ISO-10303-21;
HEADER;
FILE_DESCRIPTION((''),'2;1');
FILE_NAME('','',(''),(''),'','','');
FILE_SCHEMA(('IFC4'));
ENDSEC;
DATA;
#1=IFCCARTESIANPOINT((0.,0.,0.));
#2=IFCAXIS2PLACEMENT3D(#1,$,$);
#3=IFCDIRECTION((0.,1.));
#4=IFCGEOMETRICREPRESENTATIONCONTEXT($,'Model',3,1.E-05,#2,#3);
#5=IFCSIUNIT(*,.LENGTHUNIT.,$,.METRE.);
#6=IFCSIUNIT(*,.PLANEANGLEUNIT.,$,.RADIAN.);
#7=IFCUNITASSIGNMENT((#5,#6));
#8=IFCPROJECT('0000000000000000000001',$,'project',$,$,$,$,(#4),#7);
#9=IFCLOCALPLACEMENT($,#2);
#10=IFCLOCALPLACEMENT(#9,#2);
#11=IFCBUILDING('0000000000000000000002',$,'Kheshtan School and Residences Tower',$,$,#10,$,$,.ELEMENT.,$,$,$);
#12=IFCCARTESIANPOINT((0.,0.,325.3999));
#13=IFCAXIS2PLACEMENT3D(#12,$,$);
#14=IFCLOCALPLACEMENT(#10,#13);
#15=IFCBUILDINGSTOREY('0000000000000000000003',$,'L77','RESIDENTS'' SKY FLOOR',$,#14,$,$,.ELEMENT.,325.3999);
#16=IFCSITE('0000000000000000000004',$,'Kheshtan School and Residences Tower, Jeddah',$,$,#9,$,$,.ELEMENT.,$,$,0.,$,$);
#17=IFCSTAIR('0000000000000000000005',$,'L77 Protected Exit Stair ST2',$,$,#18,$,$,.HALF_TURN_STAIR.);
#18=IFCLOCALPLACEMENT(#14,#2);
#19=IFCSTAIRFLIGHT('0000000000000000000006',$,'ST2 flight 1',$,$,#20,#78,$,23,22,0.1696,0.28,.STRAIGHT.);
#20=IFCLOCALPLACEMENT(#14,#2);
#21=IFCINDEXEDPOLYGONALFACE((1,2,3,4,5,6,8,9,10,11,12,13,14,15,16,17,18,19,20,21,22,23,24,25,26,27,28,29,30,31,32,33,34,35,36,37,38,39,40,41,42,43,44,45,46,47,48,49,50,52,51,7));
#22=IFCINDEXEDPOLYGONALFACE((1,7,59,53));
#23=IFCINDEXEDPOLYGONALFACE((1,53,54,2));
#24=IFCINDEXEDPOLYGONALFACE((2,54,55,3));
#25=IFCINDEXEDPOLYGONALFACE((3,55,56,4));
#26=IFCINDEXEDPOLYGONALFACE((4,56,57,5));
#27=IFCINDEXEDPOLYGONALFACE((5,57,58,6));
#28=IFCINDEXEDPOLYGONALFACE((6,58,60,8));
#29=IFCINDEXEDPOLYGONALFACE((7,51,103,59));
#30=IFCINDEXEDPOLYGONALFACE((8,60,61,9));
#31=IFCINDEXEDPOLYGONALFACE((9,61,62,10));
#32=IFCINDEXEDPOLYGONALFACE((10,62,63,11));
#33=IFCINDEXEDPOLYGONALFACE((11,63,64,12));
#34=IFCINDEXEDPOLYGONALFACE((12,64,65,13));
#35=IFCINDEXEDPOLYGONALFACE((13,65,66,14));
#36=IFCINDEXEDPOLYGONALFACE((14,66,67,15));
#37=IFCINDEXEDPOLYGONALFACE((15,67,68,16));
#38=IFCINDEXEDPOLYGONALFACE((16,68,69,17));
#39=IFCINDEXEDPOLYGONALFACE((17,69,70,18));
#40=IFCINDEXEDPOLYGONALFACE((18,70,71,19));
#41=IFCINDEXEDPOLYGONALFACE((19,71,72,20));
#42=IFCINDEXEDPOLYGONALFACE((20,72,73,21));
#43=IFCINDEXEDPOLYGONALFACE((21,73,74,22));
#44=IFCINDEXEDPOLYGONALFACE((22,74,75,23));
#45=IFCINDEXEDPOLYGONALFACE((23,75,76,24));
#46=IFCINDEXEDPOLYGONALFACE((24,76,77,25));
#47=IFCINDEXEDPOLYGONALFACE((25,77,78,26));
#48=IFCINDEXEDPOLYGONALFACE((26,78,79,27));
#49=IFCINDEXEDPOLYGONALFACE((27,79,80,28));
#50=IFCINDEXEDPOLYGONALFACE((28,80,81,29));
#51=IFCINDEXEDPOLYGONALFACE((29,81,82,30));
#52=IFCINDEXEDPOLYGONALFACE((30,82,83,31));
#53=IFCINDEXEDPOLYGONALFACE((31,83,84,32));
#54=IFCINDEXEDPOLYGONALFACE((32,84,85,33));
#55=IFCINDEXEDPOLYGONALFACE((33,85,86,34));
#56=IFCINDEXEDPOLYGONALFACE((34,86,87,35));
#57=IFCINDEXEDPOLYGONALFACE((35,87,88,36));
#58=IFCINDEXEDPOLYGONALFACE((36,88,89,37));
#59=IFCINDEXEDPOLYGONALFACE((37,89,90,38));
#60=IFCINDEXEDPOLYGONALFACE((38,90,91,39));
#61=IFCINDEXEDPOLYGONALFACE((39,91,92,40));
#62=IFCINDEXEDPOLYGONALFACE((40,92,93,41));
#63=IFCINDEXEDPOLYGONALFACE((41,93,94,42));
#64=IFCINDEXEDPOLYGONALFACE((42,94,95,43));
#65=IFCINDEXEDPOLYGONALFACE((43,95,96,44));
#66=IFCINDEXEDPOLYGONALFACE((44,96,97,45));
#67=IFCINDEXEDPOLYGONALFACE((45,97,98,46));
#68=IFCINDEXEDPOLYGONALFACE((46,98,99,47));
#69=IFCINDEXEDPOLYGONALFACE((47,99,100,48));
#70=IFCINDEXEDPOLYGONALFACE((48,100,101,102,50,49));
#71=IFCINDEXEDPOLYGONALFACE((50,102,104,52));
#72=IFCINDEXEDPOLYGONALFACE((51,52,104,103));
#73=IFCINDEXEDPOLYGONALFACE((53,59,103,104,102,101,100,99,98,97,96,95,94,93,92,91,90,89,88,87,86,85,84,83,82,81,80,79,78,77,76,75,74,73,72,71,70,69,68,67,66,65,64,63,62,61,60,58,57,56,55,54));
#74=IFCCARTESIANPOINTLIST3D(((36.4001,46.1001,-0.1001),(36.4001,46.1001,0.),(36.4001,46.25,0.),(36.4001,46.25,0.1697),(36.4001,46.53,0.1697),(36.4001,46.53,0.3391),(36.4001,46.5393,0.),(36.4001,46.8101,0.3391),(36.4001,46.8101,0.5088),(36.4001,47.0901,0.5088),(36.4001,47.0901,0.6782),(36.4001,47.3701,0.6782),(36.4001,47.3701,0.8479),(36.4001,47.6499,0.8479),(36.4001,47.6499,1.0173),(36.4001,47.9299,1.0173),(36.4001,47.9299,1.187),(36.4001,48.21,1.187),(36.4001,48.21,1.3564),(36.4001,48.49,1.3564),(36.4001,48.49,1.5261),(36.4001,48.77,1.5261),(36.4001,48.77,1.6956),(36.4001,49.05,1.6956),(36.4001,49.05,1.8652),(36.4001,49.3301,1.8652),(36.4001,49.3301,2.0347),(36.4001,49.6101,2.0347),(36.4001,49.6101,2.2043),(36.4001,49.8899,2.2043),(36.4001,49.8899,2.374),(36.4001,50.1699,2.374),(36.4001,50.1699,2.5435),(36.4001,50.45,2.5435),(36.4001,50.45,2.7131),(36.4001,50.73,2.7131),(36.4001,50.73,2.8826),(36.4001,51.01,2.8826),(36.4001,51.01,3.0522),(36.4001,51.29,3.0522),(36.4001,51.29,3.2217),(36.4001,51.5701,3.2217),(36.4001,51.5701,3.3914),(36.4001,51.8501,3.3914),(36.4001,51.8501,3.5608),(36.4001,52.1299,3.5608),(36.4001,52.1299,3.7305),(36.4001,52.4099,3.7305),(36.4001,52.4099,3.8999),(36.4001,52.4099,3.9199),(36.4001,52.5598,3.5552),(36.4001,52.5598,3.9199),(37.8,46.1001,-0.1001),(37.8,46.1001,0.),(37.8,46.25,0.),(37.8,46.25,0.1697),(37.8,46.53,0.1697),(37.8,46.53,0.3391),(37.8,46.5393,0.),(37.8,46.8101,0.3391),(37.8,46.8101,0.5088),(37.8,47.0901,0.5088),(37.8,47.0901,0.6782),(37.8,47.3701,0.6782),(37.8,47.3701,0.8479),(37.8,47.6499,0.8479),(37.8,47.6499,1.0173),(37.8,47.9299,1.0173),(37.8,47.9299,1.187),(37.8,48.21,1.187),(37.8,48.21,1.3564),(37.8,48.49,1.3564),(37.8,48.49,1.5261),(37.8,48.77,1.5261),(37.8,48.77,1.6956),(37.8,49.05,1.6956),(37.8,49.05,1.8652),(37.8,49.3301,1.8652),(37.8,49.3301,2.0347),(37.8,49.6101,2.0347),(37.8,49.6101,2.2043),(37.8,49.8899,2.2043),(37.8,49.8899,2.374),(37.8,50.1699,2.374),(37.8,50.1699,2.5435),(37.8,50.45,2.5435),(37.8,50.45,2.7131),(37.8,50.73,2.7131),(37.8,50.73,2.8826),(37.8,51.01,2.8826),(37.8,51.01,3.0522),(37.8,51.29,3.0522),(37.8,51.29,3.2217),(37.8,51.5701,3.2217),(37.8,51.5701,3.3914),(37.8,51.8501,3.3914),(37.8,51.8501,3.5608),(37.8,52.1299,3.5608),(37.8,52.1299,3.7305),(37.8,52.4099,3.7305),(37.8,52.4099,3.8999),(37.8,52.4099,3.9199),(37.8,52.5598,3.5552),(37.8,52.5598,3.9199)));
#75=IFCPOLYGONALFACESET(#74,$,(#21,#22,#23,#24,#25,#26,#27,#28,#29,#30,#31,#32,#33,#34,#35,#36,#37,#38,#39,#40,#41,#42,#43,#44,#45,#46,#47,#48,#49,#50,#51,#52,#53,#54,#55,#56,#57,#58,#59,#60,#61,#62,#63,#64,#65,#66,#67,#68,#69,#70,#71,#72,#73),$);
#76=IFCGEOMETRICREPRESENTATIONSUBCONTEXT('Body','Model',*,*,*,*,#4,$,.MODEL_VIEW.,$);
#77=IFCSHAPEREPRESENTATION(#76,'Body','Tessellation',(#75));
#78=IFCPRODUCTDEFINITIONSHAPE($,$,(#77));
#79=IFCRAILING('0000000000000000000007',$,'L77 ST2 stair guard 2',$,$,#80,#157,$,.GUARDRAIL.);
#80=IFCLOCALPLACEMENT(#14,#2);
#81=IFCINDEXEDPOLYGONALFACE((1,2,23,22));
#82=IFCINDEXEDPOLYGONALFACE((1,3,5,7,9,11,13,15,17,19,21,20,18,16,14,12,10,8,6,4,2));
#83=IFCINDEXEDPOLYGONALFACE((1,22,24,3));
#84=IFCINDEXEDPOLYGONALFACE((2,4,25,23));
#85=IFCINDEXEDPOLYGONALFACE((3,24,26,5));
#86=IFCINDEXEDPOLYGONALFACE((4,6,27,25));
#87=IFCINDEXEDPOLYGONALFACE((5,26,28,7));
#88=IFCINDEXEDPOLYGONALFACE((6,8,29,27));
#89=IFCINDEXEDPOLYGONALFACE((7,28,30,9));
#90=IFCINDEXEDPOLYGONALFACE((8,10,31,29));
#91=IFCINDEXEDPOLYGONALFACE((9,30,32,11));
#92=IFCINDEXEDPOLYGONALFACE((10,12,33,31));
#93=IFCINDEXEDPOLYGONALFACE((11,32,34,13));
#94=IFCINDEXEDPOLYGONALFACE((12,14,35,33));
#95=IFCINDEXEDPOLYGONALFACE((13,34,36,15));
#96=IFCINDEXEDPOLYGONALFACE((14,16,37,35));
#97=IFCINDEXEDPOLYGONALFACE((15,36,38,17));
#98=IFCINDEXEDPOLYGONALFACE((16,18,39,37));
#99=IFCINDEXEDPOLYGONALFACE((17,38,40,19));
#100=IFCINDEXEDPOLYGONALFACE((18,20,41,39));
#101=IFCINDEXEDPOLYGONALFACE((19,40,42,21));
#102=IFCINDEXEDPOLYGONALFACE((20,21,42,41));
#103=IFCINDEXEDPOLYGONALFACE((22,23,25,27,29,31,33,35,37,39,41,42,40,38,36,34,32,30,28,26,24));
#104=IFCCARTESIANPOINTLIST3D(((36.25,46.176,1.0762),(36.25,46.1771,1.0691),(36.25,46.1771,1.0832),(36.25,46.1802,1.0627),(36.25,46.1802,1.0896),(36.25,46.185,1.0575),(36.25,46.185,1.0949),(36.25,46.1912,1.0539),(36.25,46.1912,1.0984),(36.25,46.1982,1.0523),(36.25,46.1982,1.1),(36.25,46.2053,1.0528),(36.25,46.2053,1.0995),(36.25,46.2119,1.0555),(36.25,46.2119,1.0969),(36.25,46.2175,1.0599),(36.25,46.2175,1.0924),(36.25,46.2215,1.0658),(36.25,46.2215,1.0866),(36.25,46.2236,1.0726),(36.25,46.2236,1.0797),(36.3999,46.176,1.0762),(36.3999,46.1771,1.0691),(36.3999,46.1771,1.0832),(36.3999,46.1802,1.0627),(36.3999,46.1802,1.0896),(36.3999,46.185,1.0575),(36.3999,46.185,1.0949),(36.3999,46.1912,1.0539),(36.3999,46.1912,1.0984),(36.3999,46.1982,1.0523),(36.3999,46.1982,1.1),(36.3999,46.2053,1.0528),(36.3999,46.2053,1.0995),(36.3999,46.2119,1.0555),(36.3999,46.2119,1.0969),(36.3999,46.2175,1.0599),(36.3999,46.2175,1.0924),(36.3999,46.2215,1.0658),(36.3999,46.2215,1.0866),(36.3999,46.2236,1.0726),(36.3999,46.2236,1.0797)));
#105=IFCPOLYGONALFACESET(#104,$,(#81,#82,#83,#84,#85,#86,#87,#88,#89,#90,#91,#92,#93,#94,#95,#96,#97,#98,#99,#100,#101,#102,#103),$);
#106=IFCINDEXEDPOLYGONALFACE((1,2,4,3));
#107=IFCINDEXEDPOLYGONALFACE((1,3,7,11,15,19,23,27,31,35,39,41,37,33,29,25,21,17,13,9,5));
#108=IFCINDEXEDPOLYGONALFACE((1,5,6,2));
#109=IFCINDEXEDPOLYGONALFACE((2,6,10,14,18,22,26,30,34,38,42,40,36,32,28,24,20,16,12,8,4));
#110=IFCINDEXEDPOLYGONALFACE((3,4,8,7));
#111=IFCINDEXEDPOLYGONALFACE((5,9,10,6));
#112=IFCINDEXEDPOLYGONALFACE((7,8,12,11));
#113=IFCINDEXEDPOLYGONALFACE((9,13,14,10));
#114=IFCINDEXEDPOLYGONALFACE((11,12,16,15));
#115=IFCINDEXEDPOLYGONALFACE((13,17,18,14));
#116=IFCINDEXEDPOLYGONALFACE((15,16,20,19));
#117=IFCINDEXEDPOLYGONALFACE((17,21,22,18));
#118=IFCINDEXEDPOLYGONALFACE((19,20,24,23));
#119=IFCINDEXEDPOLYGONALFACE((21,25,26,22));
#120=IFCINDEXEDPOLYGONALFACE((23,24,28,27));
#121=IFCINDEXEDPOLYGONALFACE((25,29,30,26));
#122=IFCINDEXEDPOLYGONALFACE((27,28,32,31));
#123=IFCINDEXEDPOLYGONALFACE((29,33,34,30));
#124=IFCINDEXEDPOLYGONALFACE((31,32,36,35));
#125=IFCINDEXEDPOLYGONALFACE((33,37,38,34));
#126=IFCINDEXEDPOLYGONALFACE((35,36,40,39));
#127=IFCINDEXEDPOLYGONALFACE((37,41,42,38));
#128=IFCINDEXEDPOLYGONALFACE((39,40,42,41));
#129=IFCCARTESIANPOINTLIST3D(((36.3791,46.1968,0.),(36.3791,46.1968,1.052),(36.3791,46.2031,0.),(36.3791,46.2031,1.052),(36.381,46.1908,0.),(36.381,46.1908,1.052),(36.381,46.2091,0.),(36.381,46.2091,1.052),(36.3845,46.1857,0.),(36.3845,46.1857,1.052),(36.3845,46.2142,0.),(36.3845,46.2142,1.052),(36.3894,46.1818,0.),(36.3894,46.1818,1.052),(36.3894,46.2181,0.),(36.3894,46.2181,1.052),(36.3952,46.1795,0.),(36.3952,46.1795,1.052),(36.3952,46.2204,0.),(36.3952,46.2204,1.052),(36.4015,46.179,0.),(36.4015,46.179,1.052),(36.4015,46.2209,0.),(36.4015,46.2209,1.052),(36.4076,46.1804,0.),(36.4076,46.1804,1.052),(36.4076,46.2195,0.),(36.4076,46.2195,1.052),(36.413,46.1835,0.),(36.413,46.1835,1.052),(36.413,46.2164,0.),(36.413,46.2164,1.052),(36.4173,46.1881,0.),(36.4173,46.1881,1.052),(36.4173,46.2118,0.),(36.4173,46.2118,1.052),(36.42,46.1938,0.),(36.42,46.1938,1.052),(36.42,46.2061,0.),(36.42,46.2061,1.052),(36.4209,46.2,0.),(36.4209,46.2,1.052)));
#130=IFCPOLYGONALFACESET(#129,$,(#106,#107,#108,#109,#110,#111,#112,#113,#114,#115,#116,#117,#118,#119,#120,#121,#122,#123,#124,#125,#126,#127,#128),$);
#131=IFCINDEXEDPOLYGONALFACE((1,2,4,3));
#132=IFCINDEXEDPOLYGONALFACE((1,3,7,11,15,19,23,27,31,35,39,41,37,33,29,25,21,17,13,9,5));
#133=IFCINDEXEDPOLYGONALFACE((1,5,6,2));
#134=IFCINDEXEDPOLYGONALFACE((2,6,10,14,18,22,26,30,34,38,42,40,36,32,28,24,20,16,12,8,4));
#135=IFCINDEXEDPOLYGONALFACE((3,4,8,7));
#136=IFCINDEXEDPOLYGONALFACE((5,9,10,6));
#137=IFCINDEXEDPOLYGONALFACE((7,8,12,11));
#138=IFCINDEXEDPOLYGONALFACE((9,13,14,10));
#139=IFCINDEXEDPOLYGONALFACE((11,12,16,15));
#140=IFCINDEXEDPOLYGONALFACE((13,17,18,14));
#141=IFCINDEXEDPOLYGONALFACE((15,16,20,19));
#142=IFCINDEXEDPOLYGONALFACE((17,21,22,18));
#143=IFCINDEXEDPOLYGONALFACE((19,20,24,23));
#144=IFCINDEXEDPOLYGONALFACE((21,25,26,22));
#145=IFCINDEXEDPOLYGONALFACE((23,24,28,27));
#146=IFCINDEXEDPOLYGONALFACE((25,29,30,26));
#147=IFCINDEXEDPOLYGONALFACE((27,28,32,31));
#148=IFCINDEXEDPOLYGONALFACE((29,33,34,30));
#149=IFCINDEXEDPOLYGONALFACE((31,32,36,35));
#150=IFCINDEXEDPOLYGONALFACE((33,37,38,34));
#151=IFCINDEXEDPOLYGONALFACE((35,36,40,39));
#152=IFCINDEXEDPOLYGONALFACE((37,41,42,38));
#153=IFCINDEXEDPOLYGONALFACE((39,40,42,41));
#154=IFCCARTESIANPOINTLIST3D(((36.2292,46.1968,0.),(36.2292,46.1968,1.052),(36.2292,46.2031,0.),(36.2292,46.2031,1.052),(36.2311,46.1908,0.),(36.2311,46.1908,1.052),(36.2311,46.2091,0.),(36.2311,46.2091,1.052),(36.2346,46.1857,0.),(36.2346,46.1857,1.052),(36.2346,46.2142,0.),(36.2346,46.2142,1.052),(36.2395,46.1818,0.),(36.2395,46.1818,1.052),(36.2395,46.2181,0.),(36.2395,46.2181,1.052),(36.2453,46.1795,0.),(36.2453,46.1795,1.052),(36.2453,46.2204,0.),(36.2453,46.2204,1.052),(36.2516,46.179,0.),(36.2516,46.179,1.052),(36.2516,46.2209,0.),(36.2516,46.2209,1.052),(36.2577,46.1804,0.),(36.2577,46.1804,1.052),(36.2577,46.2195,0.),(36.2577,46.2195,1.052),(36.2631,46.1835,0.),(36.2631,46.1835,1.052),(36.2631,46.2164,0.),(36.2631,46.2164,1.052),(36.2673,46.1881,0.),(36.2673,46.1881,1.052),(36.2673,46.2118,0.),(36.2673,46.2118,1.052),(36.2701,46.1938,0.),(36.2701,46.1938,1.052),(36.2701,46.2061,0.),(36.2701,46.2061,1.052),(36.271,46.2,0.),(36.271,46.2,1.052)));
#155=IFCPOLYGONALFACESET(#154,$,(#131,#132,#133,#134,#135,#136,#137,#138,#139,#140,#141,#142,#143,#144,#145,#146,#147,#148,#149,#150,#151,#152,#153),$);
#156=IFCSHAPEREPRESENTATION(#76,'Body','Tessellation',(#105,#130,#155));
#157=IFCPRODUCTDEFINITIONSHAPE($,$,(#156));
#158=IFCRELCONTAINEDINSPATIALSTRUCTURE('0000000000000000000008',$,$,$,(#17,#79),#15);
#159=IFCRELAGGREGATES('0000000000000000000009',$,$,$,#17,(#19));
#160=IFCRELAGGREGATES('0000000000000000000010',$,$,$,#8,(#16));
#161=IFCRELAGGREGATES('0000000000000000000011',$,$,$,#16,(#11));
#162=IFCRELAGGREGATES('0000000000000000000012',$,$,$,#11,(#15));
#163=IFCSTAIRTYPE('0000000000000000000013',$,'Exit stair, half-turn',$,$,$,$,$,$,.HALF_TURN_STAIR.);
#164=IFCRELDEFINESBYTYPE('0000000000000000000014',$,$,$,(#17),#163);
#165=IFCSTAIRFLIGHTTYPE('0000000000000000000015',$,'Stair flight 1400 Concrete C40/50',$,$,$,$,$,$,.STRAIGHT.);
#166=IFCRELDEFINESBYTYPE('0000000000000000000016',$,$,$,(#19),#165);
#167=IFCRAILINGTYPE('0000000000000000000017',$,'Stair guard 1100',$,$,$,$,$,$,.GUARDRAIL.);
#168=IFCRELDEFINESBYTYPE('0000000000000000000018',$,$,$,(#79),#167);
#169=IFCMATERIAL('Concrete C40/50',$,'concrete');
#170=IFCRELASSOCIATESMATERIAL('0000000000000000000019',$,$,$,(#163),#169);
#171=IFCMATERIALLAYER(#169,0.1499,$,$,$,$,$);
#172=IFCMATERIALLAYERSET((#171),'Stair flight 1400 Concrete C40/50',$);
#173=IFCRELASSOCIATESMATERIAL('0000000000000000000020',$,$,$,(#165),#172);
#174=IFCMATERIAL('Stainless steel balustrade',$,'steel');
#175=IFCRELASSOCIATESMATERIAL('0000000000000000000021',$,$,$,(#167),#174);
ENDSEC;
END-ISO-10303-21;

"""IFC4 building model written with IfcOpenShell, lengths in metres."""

from ifc_helpers import new_model, si_unit, direction, frame, origin, origin_2d, place, context, subcontext, project, spatial, polyline, circle, outline, extrude, material, layer, layer_set, type_object, element, aggregate, save


model = new_model("IFC4")

# Units and contexts
model_context = context("Model", 3, precision=1e-05, world=origin(), true_north=direction((0.0, 1.0)))
body_context = subcontext(model_context, "Body", "Model", "MODEL_VIEW")
ifc_project = project(units=[si_unit("LENGTHUNIT", "METRE"), si_unit("PLANEANGLEUNIT", "RADIAN")], contexts=[model_context])

# Site, building, storey
site_placement = place(None, origin())
site = spatial("IfcSite", under=ifc_project, at=site_placement, Name="Kheshtan School and Residences Tower, Jeddah", CompositionType="ELEMENT", RefElevation=0.0)
building_placement = place(site_placement, origin())
building = spatial("IfcBuilding", under=site, at=building_placement, Name="Kheshtan School and Residences Tower", CompositionType="ELEMENT")
storey_placement = place(building_placement, frame((0.0, 0.0, 325.3999)))
storey = spatial("IfcBuildingStorey", under=building, at=storey_placement, Name="L77", Description="RESIDENTS' SKY FLOOR", CompositionType="ELEMENT", Elevation=325.3999)

# Stair, stair flight
ifc_material_1 = material(Name="Concrete C40/50", Category="concrete")
stair_type = type_object("IfcStairType", Name="Exit stair, half-turn", PredefinedType="HALF_TURN_STAIR", material=ifc_material_1)
stair_placement = place(storey_placement, origin())
stair = element("IfcStair", 1, at=stair_placement, inside=storey, type_object=stair_type, Name="L77 Protected Exit Stair ST2", PredefinedType="HALF_TURN_STAIR")
ifc_layer_1 = layer(ifc_material_1, 0.1499)
ifc_layer_set_1 = layer_set([ifc_layer_1], Name="Stair flight 1400 Concrete C40/50")
stair_flight_type = type_object("IfcStairFlightType", Name="Stair flight 1400 Concrete C40/50", PredefinedType="STRAIGHT", material=ifc_layer_set_1)
stair_flight_placement = place(storey_placement, frame((37.1001, 46.25, 0.0), z_axis=(0.0, 0.0, 1.0), x_axis=(0.0, 1.0, 0.0)))
stair_flight = element("IfcStairFlight", 2, at=stair_flight_placement, type_object=stair_flight_type, Name="ST2 flight 1", NumberOfRisers=23, NumberOfTreads=22, PredefinedType="STRAIGHT", RiserHeight=0.1696, TreadLength=0.28, context=body_context, shape_type="SweptSolid", body=[
    extrude(outline(polyline([(-0.1499, -0.1001), (-0.1499, 0.0), (0.0, 0.0), (0.0, 0.1697), (0.28, 0.1697), (0.28, 0.3391), (0.5601, 0.3391), (0.5601, 0.5088), (0.8401, 0.5088), (0.8401, 0.6782), (1.1201, 0.6782), (1.1201, 0.8479), (1.3999, 0.8479), (1.3999, 1.0173), (1.6799, 1.0173), (1.6799, 1.187), (1.96, 1.187), (1.96, 1.3564), (2.24, 1.3564), (2.24, 1.5261), (2.52, 1.5261), (2.52, 1.6956), (2.8, 1.6956), (2.8, 1.8652), (3.0801, 1.8652), (3.0801, 2.0347), (3.3601, 2.0347), (3.3601, 2.2043), (3.6399, 2.2043), (3.6399, 2.374), (3.9199, 2.374), (3.9199, 2.5435), (4.2, 2.5435), (4.2, 2.7131), (4.48, 2.7131), (4.48, 2.8826), (4.76, 2.8826), (4.76, 3.0522), (5.04, 3.0522), (5.04, 3.2217), (5.3201, 3.2217), (5.3201, 3.3914), (5.6001, 3.3914), (5.6001, 3.5608), (5.8799, 3.5608), (5.8799, 3.7305), (6.1599, 3.7305), (6.1599, 3.8999), (6.1599, 3.9199), (6.3098, 3.9199), (6.3098, 3.5552), (0.2893, 0.0), (-0.1499, -0.1001)])), frame((0.0, 0.7, 0.0), z_axis=(0.0, -1.0, 0.0), x_axis=(1.0, 0.0, 0.0)), (0.0, 0.0, 1.0), 1.3999),
])
aggregate(stair, [stair_flight])

# Railing
ifc_material_2 = material(Name="Stainless steel balustrade", Category="steel")
railing_type_1 = type_object("IfcRailingType", Name="Stair guard 1100", PredefinedType="GUARDRAIL", material=ifc_material_2)
railing_1_placement = place(storey_placement, frame((36.3999, 46.2, 0.0)))
element("IfcRailing", 3, at=railing_1_placement, inside=storey, type_object=railing_type_1, Name="L77 ST2 stair guard 2", PredefinedType="GUARDRAIL", context=body_context, shape_type="SweptSolid", body=[
    extrude(circle(Radius=0.0239, at=origin_2d()), frame((0.0, 0.0, 1.0762), z_axis=(-1.0, 0.0, 0.0), x_axis=(0.0, -1.0, 0.0)), (0.0, 0.0, 1.0), 0.1499),
    extrude(circle(Radius=0.021, at=origin_2d()), origin(), (0.0, 0.0, 1.0), 1.052),
    extrude(circle(Radius=0.021, at=origin_2d()), frame((-0.1499, 0.0, 0.0)), (0.0, 0.0, 1.0), 1.052),
])

save(model, "model.ifc")
